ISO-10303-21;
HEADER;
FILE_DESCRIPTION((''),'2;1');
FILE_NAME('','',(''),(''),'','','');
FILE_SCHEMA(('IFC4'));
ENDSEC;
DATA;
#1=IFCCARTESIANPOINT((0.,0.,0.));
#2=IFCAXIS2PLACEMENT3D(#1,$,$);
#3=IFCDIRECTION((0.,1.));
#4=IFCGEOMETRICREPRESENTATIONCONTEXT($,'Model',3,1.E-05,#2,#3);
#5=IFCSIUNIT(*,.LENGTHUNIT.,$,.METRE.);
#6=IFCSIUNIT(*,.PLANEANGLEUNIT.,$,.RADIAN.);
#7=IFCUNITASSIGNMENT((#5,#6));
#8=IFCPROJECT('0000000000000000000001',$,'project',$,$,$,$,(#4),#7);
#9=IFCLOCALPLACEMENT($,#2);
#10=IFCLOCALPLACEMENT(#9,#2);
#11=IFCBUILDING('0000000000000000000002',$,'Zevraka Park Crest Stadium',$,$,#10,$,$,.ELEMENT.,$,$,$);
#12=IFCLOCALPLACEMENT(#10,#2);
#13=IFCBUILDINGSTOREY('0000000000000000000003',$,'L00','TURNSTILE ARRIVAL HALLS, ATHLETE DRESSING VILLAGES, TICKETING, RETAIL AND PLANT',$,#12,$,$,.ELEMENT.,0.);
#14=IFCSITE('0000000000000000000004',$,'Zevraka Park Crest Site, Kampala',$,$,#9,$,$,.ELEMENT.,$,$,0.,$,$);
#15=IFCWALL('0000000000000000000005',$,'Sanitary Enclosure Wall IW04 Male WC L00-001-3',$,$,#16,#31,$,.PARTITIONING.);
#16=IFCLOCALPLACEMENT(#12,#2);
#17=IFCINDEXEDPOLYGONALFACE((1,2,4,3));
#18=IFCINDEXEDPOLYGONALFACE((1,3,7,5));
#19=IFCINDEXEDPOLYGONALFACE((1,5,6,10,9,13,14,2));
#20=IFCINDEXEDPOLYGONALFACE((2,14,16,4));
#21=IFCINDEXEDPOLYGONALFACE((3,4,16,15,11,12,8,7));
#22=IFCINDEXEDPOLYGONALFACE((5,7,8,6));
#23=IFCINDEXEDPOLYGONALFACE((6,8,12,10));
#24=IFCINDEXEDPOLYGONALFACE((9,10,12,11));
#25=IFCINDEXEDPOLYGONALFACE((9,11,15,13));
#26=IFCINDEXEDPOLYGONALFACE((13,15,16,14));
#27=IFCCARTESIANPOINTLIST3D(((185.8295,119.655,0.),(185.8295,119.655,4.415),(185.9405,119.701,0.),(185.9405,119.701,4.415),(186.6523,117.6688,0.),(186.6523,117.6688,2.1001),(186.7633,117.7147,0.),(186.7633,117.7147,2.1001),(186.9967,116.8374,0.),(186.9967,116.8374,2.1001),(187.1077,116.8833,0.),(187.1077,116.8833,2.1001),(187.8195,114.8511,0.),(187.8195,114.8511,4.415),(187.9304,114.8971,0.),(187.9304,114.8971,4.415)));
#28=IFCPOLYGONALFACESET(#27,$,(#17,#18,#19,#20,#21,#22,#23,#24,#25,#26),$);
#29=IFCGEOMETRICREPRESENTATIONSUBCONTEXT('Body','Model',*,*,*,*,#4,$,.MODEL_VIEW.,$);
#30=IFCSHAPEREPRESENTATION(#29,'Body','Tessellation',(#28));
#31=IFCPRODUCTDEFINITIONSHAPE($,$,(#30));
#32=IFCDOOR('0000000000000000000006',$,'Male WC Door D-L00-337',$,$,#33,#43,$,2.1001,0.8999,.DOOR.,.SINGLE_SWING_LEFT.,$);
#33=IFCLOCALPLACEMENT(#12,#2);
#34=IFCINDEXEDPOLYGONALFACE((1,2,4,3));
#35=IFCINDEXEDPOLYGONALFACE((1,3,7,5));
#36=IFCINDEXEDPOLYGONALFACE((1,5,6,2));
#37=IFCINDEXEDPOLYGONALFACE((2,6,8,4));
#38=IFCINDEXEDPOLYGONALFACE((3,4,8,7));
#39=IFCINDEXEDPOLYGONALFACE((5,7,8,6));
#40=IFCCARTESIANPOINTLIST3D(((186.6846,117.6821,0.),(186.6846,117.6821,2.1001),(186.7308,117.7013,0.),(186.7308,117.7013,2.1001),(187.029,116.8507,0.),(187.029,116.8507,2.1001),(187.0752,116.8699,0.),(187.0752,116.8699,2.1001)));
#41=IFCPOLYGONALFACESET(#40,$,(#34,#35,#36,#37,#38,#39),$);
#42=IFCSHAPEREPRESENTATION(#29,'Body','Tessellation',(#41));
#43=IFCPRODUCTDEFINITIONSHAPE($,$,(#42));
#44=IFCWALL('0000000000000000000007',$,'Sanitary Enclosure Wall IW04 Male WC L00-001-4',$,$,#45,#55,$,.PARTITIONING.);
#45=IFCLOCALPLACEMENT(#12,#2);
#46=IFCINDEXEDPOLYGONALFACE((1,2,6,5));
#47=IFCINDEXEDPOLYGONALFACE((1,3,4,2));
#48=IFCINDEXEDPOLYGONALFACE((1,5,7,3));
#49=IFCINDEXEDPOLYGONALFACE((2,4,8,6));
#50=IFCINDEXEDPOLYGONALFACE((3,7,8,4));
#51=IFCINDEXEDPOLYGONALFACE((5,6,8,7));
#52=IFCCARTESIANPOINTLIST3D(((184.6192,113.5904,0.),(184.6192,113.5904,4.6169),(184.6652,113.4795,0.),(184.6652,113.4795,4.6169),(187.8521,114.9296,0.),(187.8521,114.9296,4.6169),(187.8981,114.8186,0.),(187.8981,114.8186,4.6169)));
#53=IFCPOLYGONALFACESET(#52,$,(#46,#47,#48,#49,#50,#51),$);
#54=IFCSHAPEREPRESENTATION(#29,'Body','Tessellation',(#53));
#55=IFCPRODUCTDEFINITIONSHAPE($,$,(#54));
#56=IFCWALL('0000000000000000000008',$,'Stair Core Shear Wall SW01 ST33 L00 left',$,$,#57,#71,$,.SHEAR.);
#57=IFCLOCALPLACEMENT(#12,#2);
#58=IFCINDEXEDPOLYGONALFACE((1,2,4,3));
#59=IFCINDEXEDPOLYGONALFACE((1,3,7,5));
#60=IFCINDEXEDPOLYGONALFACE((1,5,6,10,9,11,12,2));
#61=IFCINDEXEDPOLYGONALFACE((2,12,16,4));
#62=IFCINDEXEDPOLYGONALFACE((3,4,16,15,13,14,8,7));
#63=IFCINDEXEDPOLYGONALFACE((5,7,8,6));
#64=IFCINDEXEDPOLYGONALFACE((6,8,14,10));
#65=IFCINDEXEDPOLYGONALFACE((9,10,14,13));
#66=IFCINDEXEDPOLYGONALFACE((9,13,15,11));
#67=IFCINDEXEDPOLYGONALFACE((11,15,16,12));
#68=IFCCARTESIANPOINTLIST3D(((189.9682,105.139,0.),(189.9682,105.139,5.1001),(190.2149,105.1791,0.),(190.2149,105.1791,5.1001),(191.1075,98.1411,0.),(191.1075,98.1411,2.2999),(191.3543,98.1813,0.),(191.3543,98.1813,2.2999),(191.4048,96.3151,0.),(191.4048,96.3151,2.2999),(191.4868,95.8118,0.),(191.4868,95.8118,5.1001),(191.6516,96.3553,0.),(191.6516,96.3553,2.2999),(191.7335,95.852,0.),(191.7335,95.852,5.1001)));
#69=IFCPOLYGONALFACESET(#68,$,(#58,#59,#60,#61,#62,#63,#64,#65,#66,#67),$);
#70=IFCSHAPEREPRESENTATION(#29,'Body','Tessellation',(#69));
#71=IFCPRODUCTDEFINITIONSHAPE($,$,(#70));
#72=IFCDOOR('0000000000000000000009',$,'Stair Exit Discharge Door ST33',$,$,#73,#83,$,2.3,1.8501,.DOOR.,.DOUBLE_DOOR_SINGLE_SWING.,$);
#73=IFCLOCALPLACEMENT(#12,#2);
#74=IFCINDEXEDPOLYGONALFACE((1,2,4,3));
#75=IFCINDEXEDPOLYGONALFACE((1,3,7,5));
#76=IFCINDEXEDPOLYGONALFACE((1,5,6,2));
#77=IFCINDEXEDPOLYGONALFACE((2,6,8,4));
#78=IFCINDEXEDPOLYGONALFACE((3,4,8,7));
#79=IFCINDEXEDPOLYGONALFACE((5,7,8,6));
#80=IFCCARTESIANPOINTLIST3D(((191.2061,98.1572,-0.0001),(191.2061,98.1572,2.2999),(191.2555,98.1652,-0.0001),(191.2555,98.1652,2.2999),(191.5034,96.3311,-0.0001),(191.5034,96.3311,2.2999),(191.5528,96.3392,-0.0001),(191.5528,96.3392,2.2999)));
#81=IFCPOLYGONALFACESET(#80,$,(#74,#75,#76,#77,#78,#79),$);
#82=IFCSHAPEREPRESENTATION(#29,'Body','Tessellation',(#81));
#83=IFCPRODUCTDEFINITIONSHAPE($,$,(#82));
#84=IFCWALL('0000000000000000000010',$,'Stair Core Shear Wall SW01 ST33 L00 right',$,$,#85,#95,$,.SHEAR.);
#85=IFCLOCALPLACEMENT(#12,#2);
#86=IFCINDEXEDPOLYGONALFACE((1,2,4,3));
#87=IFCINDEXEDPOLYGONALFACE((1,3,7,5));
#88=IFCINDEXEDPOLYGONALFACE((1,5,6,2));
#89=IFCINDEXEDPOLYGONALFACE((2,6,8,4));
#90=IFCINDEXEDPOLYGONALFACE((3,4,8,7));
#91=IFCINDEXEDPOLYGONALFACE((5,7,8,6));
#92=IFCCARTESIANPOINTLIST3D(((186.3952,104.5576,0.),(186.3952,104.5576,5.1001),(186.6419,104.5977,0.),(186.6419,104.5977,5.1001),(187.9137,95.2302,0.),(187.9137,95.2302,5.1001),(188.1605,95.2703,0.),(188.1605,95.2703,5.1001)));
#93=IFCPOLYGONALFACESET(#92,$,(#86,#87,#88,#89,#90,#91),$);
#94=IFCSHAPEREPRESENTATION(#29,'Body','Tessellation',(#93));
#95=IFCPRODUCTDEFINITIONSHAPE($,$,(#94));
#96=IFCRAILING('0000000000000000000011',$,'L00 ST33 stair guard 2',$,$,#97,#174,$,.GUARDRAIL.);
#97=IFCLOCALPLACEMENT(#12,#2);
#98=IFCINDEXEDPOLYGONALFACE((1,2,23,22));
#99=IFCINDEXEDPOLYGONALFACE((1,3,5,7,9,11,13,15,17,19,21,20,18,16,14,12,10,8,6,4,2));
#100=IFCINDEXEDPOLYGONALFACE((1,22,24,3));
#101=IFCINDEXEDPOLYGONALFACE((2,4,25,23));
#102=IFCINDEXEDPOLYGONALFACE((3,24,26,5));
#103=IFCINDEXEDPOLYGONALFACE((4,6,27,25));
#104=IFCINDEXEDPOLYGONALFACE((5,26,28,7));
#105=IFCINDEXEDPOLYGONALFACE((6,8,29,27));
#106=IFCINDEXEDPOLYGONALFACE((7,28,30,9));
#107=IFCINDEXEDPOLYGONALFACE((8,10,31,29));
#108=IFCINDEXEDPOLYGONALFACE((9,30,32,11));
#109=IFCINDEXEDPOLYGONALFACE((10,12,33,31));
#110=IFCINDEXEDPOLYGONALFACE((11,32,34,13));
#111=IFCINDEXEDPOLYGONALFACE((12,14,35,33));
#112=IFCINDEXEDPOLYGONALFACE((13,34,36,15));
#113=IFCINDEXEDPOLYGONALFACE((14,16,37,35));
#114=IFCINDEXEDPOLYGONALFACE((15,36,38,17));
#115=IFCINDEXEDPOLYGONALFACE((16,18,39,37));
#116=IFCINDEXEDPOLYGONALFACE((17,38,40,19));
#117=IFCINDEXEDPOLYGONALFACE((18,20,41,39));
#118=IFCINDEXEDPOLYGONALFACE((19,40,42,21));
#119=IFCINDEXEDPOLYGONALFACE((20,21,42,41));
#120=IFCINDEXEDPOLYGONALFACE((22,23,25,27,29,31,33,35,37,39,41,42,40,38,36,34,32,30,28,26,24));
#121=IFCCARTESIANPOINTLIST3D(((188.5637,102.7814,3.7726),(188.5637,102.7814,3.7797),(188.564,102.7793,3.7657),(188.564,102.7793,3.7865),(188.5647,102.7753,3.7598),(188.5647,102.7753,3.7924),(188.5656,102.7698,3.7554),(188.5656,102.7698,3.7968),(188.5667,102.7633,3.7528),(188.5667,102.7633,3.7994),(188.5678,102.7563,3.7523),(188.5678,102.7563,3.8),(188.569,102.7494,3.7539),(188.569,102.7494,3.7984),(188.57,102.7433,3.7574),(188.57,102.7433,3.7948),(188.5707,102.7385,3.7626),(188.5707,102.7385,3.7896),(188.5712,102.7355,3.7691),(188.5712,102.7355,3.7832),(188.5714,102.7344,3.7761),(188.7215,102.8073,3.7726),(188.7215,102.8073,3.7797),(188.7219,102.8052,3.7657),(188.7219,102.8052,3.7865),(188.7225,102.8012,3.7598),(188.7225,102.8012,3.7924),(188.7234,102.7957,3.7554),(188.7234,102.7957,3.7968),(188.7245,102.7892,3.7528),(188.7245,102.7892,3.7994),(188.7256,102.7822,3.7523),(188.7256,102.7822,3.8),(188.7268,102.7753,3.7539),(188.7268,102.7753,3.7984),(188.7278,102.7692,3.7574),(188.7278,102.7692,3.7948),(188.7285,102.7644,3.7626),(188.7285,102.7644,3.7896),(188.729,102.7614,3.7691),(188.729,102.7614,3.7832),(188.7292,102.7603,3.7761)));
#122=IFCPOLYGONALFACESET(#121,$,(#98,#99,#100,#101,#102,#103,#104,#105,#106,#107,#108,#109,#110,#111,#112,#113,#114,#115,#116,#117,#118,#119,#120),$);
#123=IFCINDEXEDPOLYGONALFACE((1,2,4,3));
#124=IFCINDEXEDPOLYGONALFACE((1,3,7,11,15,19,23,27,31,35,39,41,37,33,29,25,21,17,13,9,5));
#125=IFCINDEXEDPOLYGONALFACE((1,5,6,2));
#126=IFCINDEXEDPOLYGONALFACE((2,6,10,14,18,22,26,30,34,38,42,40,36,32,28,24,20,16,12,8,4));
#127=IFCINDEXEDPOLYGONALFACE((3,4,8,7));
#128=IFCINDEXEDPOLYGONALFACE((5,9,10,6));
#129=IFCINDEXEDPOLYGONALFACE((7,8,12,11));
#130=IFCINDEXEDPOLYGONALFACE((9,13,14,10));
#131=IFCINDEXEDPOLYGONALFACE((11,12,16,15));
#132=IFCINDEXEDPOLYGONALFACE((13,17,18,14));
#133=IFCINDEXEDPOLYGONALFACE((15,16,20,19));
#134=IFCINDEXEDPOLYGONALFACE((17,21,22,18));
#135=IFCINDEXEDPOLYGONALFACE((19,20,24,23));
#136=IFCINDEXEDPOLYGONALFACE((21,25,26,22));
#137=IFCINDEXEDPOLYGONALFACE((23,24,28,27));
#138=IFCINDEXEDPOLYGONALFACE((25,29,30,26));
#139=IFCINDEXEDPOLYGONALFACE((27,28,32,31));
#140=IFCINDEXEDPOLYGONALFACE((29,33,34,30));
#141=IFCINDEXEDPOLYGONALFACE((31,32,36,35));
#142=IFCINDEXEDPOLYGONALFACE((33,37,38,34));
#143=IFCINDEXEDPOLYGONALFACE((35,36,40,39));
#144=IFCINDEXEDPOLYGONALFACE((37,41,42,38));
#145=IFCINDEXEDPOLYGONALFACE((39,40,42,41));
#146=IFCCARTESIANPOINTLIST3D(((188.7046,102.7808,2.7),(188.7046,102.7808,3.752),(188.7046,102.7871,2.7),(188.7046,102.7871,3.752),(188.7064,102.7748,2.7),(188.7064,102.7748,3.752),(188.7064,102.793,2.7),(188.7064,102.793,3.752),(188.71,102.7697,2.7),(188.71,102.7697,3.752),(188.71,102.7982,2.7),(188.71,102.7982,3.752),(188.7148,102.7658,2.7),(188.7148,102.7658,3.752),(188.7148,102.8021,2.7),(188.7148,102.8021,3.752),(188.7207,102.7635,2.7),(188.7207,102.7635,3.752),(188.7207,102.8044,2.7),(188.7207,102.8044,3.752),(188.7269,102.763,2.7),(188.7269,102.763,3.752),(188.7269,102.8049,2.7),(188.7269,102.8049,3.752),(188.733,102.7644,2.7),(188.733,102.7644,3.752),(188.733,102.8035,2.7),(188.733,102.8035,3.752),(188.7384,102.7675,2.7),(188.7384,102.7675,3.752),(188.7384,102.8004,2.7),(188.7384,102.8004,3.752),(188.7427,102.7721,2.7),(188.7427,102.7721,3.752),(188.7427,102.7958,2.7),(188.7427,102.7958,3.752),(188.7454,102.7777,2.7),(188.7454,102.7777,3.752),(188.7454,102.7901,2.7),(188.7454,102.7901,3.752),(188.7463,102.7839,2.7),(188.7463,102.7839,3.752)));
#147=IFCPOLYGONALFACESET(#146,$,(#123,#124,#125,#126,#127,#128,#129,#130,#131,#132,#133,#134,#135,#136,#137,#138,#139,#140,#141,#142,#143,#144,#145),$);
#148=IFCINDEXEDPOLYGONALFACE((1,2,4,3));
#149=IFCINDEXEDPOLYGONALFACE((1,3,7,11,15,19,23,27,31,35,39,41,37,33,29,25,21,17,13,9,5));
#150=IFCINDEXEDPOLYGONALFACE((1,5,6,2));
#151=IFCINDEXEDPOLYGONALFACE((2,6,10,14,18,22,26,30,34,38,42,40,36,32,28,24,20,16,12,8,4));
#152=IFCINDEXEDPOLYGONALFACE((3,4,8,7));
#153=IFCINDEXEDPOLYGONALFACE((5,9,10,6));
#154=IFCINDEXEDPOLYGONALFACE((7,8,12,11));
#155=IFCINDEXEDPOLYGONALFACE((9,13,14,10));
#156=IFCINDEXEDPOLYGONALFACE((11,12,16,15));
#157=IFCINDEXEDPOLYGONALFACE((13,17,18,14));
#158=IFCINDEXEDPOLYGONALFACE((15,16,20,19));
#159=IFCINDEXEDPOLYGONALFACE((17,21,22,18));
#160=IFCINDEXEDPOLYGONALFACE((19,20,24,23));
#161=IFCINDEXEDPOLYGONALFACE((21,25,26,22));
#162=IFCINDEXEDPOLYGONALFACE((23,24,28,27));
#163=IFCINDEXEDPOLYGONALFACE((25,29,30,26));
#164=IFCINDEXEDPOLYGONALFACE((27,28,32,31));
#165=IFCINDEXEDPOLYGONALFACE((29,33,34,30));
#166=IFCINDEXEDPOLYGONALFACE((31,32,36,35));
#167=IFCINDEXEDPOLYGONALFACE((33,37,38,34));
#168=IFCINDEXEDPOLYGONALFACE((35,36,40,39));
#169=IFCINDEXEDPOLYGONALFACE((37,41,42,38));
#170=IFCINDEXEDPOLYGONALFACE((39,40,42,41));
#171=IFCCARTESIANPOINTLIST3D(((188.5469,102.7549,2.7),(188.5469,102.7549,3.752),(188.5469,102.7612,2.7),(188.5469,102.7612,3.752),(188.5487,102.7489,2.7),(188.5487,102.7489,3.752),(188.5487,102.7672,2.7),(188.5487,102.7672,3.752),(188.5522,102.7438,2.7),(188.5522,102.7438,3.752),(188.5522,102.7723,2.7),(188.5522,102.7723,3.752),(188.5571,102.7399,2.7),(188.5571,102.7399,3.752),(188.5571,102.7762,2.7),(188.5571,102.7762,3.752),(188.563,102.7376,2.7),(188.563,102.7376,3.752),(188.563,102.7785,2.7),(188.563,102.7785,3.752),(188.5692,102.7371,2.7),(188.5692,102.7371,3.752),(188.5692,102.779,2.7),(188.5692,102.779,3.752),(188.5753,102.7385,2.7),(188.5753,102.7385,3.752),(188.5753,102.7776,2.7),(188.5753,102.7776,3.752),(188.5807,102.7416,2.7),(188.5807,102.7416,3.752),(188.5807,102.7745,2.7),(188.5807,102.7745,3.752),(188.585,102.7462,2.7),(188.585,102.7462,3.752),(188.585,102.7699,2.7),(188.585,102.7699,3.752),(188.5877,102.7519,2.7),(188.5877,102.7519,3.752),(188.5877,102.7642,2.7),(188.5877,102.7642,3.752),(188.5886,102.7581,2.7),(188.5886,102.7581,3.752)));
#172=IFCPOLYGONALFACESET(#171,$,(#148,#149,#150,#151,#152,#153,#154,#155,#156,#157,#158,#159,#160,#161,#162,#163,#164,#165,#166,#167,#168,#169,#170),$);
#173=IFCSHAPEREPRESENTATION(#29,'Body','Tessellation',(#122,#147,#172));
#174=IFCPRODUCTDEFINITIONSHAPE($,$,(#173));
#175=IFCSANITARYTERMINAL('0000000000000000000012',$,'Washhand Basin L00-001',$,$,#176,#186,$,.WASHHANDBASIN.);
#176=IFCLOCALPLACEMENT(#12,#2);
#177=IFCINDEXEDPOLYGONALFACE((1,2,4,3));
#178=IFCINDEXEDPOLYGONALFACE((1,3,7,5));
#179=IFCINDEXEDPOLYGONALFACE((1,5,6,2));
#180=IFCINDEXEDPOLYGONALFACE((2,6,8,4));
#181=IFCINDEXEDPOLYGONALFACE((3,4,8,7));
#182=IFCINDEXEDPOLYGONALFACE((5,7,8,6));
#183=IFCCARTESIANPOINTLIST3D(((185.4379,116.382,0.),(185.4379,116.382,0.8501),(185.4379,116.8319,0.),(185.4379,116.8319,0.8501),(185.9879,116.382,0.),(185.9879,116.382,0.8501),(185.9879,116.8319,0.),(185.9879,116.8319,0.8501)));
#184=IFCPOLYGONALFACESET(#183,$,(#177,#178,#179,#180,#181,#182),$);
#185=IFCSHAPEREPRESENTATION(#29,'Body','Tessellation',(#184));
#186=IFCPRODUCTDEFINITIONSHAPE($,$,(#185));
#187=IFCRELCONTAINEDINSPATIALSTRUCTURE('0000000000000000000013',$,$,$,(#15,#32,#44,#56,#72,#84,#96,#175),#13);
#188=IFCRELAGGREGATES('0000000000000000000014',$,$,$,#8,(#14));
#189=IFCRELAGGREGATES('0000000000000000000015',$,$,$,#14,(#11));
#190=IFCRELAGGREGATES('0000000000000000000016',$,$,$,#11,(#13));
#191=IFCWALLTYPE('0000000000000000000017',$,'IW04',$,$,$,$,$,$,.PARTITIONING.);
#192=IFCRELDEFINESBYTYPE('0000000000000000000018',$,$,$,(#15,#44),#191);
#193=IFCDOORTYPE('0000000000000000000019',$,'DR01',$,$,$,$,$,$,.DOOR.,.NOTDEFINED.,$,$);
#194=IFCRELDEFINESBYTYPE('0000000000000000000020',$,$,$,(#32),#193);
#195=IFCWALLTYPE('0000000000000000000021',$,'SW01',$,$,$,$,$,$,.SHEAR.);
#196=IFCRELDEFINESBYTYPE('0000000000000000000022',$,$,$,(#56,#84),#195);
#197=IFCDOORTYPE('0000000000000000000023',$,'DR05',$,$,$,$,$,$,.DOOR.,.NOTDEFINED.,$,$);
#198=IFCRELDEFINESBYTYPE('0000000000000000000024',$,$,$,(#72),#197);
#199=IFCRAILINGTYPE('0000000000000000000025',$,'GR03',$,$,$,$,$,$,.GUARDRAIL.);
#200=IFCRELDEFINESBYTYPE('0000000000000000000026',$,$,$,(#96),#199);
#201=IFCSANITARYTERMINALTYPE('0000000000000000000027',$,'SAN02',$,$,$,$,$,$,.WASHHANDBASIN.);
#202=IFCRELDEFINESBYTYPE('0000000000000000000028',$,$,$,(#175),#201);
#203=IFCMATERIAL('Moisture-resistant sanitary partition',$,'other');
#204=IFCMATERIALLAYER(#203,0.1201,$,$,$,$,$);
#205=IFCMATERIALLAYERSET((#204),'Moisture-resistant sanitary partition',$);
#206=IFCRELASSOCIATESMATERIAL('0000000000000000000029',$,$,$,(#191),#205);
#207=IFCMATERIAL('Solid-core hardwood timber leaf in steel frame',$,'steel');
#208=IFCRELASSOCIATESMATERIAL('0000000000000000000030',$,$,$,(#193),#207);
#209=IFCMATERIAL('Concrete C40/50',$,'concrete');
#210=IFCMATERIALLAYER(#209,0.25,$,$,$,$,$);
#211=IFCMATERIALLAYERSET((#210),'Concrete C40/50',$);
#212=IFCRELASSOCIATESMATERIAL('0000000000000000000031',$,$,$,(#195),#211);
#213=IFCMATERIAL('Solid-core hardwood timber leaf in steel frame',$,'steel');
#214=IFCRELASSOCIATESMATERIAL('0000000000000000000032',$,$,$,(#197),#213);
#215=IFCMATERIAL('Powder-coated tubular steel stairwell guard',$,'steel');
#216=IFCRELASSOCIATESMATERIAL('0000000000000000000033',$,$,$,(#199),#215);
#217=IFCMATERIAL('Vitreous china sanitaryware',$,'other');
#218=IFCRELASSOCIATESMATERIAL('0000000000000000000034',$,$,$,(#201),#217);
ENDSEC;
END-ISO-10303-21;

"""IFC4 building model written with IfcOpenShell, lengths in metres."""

from ifc_helpers import new_model, si_unit, direction, frame, frame_2d, origin, origin_2d, place, context, subcontext, project, spatial, rectangle, circle, extrude, material, layer, layer_set, type_object, element, fill, save


model = new_model("IFC4")

# Units and contexts
model_context = context("Model", 3, precision=1e-05, world=origin(), true_north=direction((0.0, 1.0)))
body_context = subcontext(model_context, "Body", "Model", "MODEL_VIEW")
ifc_project = project(units=[si_unit("LENGTHUNIT", "METRE"), si_unit("PLANEANGLEUNIT", "RADIAN")], contexts=[model_context])

# Site, building, storey
site_placement = place(None, origin())
site = spatial("IfcSite", under=ifc_project, at=site_placement, Name="Zevraka Park Crest Site, Kampala", CompositionType="ELEMENT", RefElevation=0.0)
building_placement = place(site_placement, origin())
building = spatial("IfcBuilding", under=site, at=building_placement, Name="Zevraka Park Crest Stadium", CompositionType="ELEMENT")
storey_placement = place(building_placement, origin())
storey = spatial("IfcBuildingStorey", under=building, at=storey_placement, Name="L00", Description="TURNSTILE ARRIVAL HALLS, ATHLETE DRESSING VILLAGES, TICKETING, RETAIL AND PLANT", CompositionType="ELEMENT", Elevation=0.0)

# Shared definitions
ifc_material_1 = material(Name="Moisture-resistant sanitary partition", Category="other")
ifc_layer_1 = layer(ifc_material_1, 0.1201)
ifc_layer_set_1 = layer_set([ifc_layer_1], Name="Moisture-resistant sanitary partition")
wall_type_1 = type_object("IfcWallType", Name="IW04", PredefinedType="PARTITIONING", material=ifc_layer_set_1)

# Wall, opening, door
wall_1_placement = place(storey_placement, frame((185.885, 119.678, 0.0), z_axis=(0.0, 0.0, 1.0), x_axis=(0.382704, -0.923871, 0.0)))
wall_1 = element("IfcWall", 1, at=wall_1_placement, inside=storey, type_object=wall_type_1, Name="Sanitary Enclosure Wall IW04 Male WC L00-001-3", PredefinedType="PARTITIONING", context=body_context, shape_type="SweptSolid", body=[
    extrude(rectangle(XDim=5.1997, YDim=0.1201, at=frame_2d((2.5999, 0.0))), origin(), (0.0, 0.0, 1.0), 4.415),
])
opening_1_placement = place(wall_1_placement, frame((2.1499, 0.0, 0.0)))
opening_1 = element("IfcOpeningElement", 2, at=opening_1_placement, cuts=wall_1, PredefinedType="OPENING", context=body_context, shape_type="SweptSolid", body=[
    extrude(rectangle(XDim=0.8999, YDim=2.1001, at=frame_2d((0.45, 1.05))), frame((0.0, 0.0701, 0.0), z_axis=(0.0, -1.0, 0.0), x_axis=(1.0, 0.0, 0.0)), (0.0, 0.0, 1.0), 0.1401),
])
ifc_material_2 = material(Name="Solid-core hardwood timber leaf in steel frame", Category="steel")
door_type_1 = type_object("IfcDoorType", Name="DR01", OperationType="NOTDEFINED", PredefinedType="DOOR", material=ifc_material_2)
door_1_placement = place(opening_1_placement, origin())
door_1 = element("IfcDoor", 3, at=door_1_placement, inside=storey, type_object=door_type_1, Name="Male WC Door D-L00-337", OperationType="SINGLE_SWING_LEFT", OverallHeight=2.1001, OverallWidth=0.8999, PredefinedType="DOOR", context=body_context, shape_type="SweptSolid", body=[
    extrude(rectangle(XDim=0.8999, YDim=2.1001, at=frame_2d((0.45, 1.05))), frame((0.0, 0.0249, 0.0), z_axis=(0.0, -1.0, 0.0), x_axis=(1.0, 0.0, 0.0)), (0.0, 0.0, 1.0), 0.05),
])
fill(opening_1, door_1)

# Wall
wall_2_placement = place(storey_placement, frame((187.875, 114.874, 0.0), z_axis=(0.0, 0.0, 1.0), x_axis=(-0.92388, -0.382682, 0.0)))
element("IfcWall", 4, at=wall_2_placement, inside=storey, type_object=wall_type_1, Name="Sanitary Enclosure Wall IW04 Male WC L00-001-4", PredefinedType="PARTITIONING", context=body_context, shape_type="SweptSolid", body=[
    extrude(rectangle(XDim=3.4993, YDim=0.1201, at=frame_2d((1.7495, 0.0))), origin(), (0.0, 0.0, 1.0), 4.6169),
])

# Wall, opening, door
ifc_material_3 = material(Name="Concrete C40/50", Category="concrete")
ifc_layer_2 = layer(ifc_material_3, 0.25)
ifc_layer_set_2 = layer_set([ifc_layer_2], Name="Concrete C40/50")
wall_type_2 = type_object("IfcWallType", Name="SW01", PredefinedType="SHEAR", material=ifc_layer_set_2)
wall_3_placement = place(storey_placement, frame((190.0916, 105.1592, 0.0), z_axis=(0.0, 0.0, 1.0), x_axis=(0.160694, -0.987004, 0.0)))
wall_3 = element("IfcWall", 5, at=wall_3_placement, inside=storey, type_object=wall_type_2, Name="Stair Core Shear Wall SW01 ST33 L00 left", PredefinedType="SHEAR", context=body_context, shape_type="SweptSolid", body=[
    extrude(rectangle(XDim=9.45, YDim=0.25, at=frame_2d((4.7251, 0.0))), origin(), (0.0, 0.0, 1.0), 5.1001),
])
opening_2_placement = place(wall_3_placement, frame((7.0901, 0.0, 0.0)))
opening_2 = element("IfcOpeningElement", 6, at=opening_2_placement, cuts=wall_3, PredefinedType="OPENING", context=body_context, shape_type="SweptSolid", body=[
    extrude(rectangle(XDim=1.8501, YDim=2.3, at=frame_2d((0.925, 1.1499))), frame((0.0, 0.135, 0.0), z_axis=(0.0, -1.0, 0.0), x_axis=(1.0, 0.0, 0.0)), (0.0, 0.0, 1.0), 0.27),
])
ifc_material_4 = material(Name="Solid-core hardwood timber leaf in steel frame", Category="steel")
door_type_2 = type_object("IfcDoorType", Name="DR05", OperationType="NOTDEFINED", PredefinedType="DOOR", material=ifc_material_4)
door_2_placement = place(opening_2_placement, origin())
door_2 = element("IfcDoor", 7, at=door_2_placement, inside=storey, type_object=door_type_2, Name="Stair Exit Discharge Door ST33", OperationType="DOUBLE_DOOR_SINGLE_SWING", OverallHeight=2.3, OverallWidth=1.8501, PredefinedType="DOOR", context=body_context, shape_type="SweptSolid", body=[
    extrude(rectangle(XDim=1.8501, YDim=2.3, at=frame_2d((0.925, 1.1499))), frame((0.0, 0.0249, 0.0), z_axis=(0.0, -1.0, 0.0), x_axis=(1.0, 0.0, 0.0)), (0.0, 0.0, 1.0), 0.05),
])
fill(opening_2, door_2)

# Wall
wall_4_placement = place(storey_placement, frame((186.5186, 104.5776, 0.0), z_axis=(0.0, 0.0, 1.0), x_axis=(0.16069, -0.987005, 0.0)))
element("IfcWall", 8, at=wall_4_placement, inside=storey, type_object=wall_type_2, Name="Stair Core Shear Wall SW01 ST33 L00 right", PredefinedType="SHEAR", context=body_context, shape_type="SweptSolid", body=[
    extrude(rectangle(XDim=9.4502, YDim=0.25, at=frame_2d((4.7251, 0.0))), origin(), (0.0, 0.0, 1.0), 5.1001),
])

# Railing
ifc_material_5 = material(Name="Powder-coated tubular steel stairwell guard", Category="steel")
railing_type_1 = type_object("IfcRailingType", Name="GR03", PredefinedType="GUARDRAIL", material=ifc_material_5)
railing_1_placement = place(storey_placement, frame((188.7253, 102.7839, 2.7)))
element("IfcRailing", 9, at=railing_1_placement, inside=storey, type_object=railing_type_1, Name="L00 ST33 stair guard 2", PredefinedType="GUARDRAIL", context=body_context, shape_type="SweptSolid", body=[
    extrude(circle(Radius=0.0239, at=origin_2d()), frame((0.0, 0.0, 1.0762), z_axis=(-0.986804, -0.161921, 0.0), x_axis=(0.161921, -0.986804, 0.0)), (0.0, 0.0, 1.0), 0.1599),
    extrude(circle(Radius=0.021, at=origin_2d()), origin(), (0.0, 0.0, 1.0), 1.052),
    extrude(circle(Radius=0.021, at=origin_2d()), frame((-0.1577, -0.0259, 0.0)), (0.0, 0.0, 1.0), 1.052),
])

# Sanitary terminal
ifc_material_6 = material(Name="Vitreous china sanitaryware", Category="other")
sanitary_terminal_type_1 = type_object("IfcSanitaryTerminalType", Name="SAN02", PredefinedType="WASHHANDBASIN", material=ifc_material_6)
sanitary_terminal_1_placement = place(storey_placement, frame((185.7129, 116.6069, 0.0), z_axis=(0.0, 0.0, 1.0), x_axis=(1.0, 0.0, 0.0)))
element("IfcSanitaryTerminal", 10, at=sanitary_terminal_1_placement, inside=storey, type_object=sanitary_terminal_type_1, Name="Washhand Basin L00-001", PredefinedType="WASHHANDBASIN", context=body_context, shape_type="SweptSolid", body=[
    extrude(rectangle(XDim=0.55, YDim=0.45, at=origin_2d()), origin(), (0.0, 0.0, 1.0), 0.8501),
])

save(model, "model.ifc")
